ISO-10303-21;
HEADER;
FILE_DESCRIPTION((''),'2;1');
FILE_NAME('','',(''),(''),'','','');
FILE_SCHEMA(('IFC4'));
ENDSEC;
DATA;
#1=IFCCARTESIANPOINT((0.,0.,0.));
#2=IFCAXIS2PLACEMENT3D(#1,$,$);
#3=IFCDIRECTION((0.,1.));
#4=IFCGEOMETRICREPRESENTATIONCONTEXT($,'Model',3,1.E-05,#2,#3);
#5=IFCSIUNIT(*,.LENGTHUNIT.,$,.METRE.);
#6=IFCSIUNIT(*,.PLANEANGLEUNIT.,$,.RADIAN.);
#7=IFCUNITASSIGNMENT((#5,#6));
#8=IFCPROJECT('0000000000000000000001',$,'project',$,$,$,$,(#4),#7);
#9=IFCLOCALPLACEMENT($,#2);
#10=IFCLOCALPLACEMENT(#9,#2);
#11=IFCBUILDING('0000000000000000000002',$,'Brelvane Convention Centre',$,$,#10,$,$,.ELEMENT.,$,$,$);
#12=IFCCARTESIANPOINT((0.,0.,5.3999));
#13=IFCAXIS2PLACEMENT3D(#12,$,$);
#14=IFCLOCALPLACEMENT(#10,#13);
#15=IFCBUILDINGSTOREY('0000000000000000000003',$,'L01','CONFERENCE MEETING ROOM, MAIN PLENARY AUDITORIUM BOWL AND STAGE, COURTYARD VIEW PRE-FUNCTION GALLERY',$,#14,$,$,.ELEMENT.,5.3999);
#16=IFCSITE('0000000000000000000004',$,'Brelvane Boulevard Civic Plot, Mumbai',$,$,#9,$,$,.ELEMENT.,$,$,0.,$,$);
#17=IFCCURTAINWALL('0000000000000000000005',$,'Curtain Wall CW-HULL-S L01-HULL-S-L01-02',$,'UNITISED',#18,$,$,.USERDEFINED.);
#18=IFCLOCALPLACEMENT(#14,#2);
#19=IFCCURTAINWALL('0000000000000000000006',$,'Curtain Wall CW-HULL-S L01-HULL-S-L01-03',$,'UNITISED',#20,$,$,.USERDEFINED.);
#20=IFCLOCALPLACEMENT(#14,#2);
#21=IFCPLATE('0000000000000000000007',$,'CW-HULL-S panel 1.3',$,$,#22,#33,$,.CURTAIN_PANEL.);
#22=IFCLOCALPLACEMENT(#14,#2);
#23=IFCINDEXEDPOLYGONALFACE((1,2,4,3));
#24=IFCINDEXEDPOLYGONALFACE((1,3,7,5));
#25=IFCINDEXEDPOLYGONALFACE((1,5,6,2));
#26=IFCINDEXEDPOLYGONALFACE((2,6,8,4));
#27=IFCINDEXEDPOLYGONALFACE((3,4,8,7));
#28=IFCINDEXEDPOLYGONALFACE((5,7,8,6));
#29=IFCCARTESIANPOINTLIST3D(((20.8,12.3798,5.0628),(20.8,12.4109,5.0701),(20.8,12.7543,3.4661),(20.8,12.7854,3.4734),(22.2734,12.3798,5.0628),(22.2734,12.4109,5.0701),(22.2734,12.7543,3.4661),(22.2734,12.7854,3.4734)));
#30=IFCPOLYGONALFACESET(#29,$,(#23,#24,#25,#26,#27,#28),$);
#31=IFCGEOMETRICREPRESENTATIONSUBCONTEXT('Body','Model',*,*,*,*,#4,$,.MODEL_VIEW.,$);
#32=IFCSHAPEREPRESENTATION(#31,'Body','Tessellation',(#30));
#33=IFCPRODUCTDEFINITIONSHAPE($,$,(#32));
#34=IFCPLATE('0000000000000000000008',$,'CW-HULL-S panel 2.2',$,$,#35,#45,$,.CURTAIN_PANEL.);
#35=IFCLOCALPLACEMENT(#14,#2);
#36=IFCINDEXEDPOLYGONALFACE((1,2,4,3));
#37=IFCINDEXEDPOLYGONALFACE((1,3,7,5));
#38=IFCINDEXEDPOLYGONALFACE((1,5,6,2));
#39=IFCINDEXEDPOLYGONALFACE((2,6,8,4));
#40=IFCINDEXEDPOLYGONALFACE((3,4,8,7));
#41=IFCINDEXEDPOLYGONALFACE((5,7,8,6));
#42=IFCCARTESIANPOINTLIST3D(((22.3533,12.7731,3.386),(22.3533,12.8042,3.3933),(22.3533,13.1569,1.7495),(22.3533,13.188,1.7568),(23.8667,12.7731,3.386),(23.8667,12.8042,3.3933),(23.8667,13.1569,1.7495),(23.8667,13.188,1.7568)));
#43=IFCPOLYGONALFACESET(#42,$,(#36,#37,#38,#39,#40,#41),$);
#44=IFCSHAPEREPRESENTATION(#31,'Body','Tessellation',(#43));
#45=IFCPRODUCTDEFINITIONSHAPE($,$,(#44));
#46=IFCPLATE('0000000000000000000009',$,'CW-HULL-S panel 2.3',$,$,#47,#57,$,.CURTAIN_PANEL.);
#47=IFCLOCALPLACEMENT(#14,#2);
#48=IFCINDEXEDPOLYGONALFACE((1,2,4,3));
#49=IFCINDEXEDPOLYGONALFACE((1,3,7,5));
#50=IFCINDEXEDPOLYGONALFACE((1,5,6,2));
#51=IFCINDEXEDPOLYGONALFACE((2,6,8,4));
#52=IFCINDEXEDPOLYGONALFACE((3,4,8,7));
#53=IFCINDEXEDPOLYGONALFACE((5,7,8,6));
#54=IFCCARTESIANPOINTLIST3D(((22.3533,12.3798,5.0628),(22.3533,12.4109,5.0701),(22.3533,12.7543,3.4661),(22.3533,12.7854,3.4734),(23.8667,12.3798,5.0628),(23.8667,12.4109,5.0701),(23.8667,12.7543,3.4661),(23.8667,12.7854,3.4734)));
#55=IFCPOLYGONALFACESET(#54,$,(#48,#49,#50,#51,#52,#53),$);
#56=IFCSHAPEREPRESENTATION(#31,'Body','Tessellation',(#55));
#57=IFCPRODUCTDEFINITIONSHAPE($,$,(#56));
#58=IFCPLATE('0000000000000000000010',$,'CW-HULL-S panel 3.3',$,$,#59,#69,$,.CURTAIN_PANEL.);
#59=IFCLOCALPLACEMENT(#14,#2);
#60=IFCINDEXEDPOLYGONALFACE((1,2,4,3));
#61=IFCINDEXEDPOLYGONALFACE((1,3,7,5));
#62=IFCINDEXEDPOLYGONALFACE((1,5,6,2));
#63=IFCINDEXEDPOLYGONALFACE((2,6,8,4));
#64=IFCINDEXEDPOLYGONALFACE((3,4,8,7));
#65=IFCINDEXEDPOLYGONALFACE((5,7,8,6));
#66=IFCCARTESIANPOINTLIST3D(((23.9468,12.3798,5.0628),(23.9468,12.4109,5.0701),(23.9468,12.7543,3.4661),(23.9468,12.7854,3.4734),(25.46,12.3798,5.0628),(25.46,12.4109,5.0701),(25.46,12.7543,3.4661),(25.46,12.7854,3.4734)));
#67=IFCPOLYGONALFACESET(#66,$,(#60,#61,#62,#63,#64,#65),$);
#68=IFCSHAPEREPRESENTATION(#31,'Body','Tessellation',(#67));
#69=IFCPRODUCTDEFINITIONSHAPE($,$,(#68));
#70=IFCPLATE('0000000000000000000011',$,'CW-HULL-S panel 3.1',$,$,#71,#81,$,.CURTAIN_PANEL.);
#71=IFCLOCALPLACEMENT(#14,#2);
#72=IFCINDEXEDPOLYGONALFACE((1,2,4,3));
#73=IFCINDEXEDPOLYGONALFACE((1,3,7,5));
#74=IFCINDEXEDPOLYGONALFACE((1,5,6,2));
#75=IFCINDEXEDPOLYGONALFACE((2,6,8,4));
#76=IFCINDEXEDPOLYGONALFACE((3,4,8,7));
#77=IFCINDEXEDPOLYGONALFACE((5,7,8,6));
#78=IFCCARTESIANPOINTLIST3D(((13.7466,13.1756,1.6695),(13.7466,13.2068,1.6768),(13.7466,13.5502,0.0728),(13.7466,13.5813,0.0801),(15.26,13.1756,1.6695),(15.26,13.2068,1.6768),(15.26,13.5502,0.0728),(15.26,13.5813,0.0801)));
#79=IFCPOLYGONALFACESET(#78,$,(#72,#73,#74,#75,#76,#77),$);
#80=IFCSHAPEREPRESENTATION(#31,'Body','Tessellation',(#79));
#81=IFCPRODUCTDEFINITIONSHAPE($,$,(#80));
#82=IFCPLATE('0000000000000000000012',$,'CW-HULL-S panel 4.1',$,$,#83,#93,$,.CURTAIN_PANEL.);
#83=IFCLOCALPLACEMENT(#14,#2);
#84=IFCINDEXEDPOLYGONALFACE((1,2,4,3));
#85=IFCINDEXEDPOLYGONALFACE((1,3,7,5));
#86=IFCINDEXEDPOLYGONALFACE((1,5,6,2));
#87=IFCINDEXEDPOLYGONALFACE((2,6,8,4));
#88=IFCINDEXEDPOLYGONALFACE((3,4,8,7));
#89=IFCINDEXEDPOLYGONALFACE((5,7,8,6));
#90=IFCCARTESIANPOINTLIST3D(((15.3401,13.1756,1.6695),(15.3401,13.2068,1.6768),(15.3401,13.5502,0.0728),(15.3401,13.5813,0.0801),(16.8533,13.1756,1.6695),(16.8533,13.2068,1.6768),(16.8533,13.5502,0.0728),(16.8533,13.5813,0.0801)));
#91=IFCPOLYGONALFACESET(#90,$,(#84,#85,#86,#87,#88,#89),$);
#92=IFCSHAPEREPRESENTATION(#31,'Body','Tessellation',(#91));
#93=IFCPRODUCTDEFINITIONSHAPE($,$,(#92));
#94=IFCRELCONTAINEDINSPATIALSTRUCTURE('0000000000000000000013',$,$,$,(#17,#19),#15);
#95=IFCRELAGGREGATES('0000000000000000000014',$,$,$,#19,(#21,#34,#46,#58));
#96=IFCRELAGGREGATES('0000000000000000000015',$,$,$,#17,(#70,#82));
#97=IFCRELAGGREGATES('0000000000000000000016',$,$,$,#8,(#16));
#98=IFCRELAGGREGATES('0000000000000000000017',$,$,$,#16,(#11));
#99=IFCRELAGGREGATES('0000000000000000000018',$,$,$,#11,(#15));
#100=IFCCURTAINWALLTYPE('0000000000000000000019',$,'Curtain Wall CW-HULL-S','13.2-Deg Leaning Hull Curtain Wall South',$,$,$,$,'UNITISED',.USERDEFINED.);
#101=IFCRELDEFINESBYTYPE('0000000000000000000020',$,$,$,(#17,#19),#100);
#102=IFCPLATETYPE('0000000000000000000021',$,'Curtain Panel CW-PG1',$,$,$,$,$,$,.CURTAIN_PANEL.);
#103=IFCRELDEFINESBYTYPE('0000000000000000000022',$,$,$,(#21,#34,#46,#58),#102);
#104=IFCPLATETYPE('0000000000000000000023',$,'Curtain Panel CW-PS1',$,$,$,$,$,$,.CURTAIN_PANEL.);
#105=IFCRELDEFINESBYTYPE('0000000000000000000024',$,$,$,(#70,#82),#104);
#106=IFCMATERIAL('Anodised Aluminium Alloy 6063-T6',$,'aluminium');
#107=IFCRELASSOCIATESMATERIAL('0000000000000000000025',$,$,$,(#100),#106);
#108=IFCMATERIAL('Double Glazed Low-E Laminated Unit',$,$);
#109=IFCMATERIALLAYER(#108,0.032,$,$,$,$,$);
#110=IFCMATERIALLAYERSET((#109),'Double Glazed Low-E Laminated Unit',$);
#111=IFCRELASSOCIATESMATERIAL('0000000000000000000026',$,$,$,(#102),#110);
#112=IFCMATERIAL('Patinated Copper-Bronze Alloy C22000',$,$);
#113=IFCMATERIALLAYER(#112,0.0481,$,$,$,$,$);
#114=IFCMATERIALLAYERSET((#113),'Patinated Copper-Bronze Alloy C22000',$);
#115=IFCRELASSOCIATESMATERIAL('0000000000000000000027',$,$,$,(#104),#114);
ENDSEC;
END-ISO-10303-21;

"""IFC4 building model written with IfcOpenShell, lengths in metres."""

from ifc_helpers import new_model, si_unit, direction, frame, origin, place, context, subcontext, project, spatial, polyline, outline, extrude, material, layer, layer_set, type_object, element, aggregate, save


model = new_model("IFC4")

# Units and contexts
model_context = context("Model", 3, precision=1e-05, world=origin(), true_north=direction((0.0, 1.0)))
body_context = subcontext(model_context, "Body", "Model", "MODEL_VIEW")
ifc_project = project(units=[si_unit("LENGTHUNIT", "METRE"), si_unit("PLANEANGLEUNIT", "RADIAN")], contexts=[model_context])

# Site, building, storey
site_placement = place(None, origin())
site = spatial("IfcSite", under=ifc_project, at=site_placement, Name="Brelvane Boulevard Civic Plot, Mumbai", CompositionType="ELEMENT", RefElevation=0.0)
building_placement = place(site_placement, origin())
building = spatial("IfcBuilding", under=site, at=building_placement, Name="Brelvane Convention Centre", CompositionType="ELEMENT")
storey_placement = place(building_placement, frame((0.0, 0.0, 5.3999)))
storey = spatial("IfcBuildingStorey", under=building, at=storey_placement, Name="L01", Description="CONFERENCE MEETING ROOM, MAIN PLENARY AUDITORIUM BOWL AND STAGE, COURTYARD VIEW PRE-FUNCTION GALLERY", CompositionType="ELEMENT", Elevation=5.3999)

# Curtain walls
ifc_material_1 = material(Name="Anodised Aluminium Alloy 6063-T6", Category="aluminium")
curtain_wall_type = type_object("IfcCurtainWallType", Name="Curtain Wall CW-HULL-S", Description="13.2-Deg Leaning Hull Curtain Wall South", ElementType="UNITISED", PredefinedType="USERDEFINED", material=ifc_material_1)
curtain_wall_1_placement = place(storey_placement, origin())
curtain_wall_1 = element("IfcCurtainWall", 1, at=curtain_wall_1_placement, inside=storey, type_object=curtain_wall_type, Name="Curtain Wall CW-HULL-S L01-HULL-S-L01-02", ObjectType="UNITISED", PredefinedType="USERDEFINED")
curtain_wall_2_placement = place(storey_placement, origin())
curtain_wall_2 = element("IfcCurtainWall", 2, at=curtain_wall_2_placement, inside=storey, type_object=curtain_wall_type, Name="Curtain Wall CW-HULL-S L01-HULL-S-L01-03", ObjectType="UNITISED", PredefinedType="USERDEFINED")

# Plates
ifc_material_2 = material(Name="Double Glazed Low-E Laminated Unit")
ifc_layer_1 = layer(ifc_material_2, 0.032)
ifc_layer_set_1 = layer_set([ifc_layer_1], Name="Double Glazed Low-E Laminated Unit")
plate_type_1 = type_object("IfcPlateType", Name="Curtain Panel CW-PG1", PredefinedType="CURTAIN_PANEL", material=ifc_layer_set_1)
plate_1_placement = place(storey_placement, frame((20.8, 12.7854, 3.4734), z_axis=(0.0, 0.973577, 0.228359), x_axis=(1.0, 0.0, 0.0)))
plate_1 = element("IfcPlate", 3, at=plate_1_placement, type_object=plate_type_1, Name="CW-HULL-S panel 1.3", PredefinedType="CURTAIN_PANEL", context=body_context, shape_type="SweptSolid", body=[
    extrude(outline(polyline([(0.0, 0.0), (1.4734, 0.0), (1.4734, -1.64), (0.0, -1.64), (0.0, 0.0)])), origin(), (0.0, 0.0, -1.0), 0.032),
])
plate_2_placement = place(storey_placement, frame((22.3533, 13.188, 1.7568), z_axis=(0.0, 0.973585, 0.228327), x_axis=(1.0, 0.0, 0.0)))
plate_2 = element("IfcPlate", 4, at=plate_2_placement, type_object=plate_type_1, Name="CW-HULL-S panel 2.2", PredefinedType="CURTAIN_PANEL", context=body_context, shape_type="SweptSolid", body=[
    extrude(outline(polyline([(0.0, 0.0), (1.5134, 0.0), (1.5134, -1.6809), (0.0, -1.6809), (0.0, 0.0)])), origin(), (0.0, 0.0, -1.0), 0.032),
])
plate_3_placement = place(storey_placement, frame((22.3533, 12.7854, 3.4734), z_axis=(0.0, 0.973577, 0.228359), x_axis=(1.0, 0.0, 0.0)))
plate_3 = element("IfcPlate", 5, at=plate_3_placement, type_object=plate_type_1, Name="CW-HULL-S panel 2.3", PredefinedType="CURTAIN_PANEL", context=body_context, shape_type="SweptSolid", body=[
    extrude(outline(polyline([(0.0, 0.0), (1.5134, 0.0), (1.5134, -1.64), (0.0, -1.64), (0.0, 0.0)])), origin(), (0.0, 0.0, -1.0), 0.032),
])
plate_4_placement = place(storey_placement, frame((23.9468, 12.7854, 3.4734), z_axis=(0.0, 0.973577, 0.228359), x_axis=(1.0, 0.0, 0.0)))
plate_4 = element("IfcPlate", 6, at=plate_4_placement, type_object=plate_type_1, Name="CW-HULL-S panel 3.3", PredefinedType="CURTAIN_PANEL", context=body_context, shape_type="SweptSolid", body=[
    extrude(outline(polyline([(0.0, 0.0), (1.5132, 0.0), (1.5132, -1.64), (0.0, -1.64), (0.0, 0.0)])), origin(), (0.0, 0.0, -1.0), 0.032),
])
aggregate(curtain_wall_2, [plate_1, plate_2, plate_3, plate_4])
ifc_material_3 = material(Name="Patinated Copper-Bronze Alloy C22000")
ifc_layer_2 = layer(ifc_material_3, 0.0481)
ifc_layer_set_2 = layer_set([ifc_layer_2], Name="Patinated Copper-Bronze Alloy C22000")
plate_type_2 = type_object("IfcPlateType", Name="Curtain Panel CW-PS1", PredefinedType="CURTAIN_PANEL", material=ifc_layer_set_2)
plate_5_placement = place(storey_placement, frame((13.7466, 13.5813, 0.0801), z_axis=(0.0, 0.973577, 0.228359), x_axis=(1.0, 0.0, 0.0)))
plate_5 = element("IfcPlate", 7, at=plate_5_placement, type_object=plate_type_2, Name="CW-HULL-S panel 3.1", PredefinedType="CURTAIN_PANEL", context=body_context, shape_type="SweptSolid", body=[
    extrude(outline(polyline([(0.0, 0.0), (1.5134, 0.0), (1.5134, -1.64), (0.0, -1.64), (0.0, 0.0)])), origin(), (0.0, 0.0, -1.0), 0.032),
])
plate_6_placement = place(storey_placement, frame((15.3401, 13.5813, 0.0801), z_axis=(0.0, 0.973577, 0.228359), x_axis=(1.0, 0.0, 0.0)))
plate_6 = element("IfcPlate", 8, at=plate_6_placement, type_object=plate_type_2, Name="CW-HULL-S panel 4.1", PredefinedType="CURTAIN_PANEL", context=body_context, shape_type="SweptSolid", body=[
    extrude(outline(polyline([(0.0, 0.0), (1.5132, 0.0), (1.5132, -1.64), (0.0, -1.64), (0.0, 0.0)])), origin(), (0.0, 0.0, -1.0), 0.032),
])
aggregate(curtain_wall_1, [plate_5, plate_6])

save(model, "model.ifc")
